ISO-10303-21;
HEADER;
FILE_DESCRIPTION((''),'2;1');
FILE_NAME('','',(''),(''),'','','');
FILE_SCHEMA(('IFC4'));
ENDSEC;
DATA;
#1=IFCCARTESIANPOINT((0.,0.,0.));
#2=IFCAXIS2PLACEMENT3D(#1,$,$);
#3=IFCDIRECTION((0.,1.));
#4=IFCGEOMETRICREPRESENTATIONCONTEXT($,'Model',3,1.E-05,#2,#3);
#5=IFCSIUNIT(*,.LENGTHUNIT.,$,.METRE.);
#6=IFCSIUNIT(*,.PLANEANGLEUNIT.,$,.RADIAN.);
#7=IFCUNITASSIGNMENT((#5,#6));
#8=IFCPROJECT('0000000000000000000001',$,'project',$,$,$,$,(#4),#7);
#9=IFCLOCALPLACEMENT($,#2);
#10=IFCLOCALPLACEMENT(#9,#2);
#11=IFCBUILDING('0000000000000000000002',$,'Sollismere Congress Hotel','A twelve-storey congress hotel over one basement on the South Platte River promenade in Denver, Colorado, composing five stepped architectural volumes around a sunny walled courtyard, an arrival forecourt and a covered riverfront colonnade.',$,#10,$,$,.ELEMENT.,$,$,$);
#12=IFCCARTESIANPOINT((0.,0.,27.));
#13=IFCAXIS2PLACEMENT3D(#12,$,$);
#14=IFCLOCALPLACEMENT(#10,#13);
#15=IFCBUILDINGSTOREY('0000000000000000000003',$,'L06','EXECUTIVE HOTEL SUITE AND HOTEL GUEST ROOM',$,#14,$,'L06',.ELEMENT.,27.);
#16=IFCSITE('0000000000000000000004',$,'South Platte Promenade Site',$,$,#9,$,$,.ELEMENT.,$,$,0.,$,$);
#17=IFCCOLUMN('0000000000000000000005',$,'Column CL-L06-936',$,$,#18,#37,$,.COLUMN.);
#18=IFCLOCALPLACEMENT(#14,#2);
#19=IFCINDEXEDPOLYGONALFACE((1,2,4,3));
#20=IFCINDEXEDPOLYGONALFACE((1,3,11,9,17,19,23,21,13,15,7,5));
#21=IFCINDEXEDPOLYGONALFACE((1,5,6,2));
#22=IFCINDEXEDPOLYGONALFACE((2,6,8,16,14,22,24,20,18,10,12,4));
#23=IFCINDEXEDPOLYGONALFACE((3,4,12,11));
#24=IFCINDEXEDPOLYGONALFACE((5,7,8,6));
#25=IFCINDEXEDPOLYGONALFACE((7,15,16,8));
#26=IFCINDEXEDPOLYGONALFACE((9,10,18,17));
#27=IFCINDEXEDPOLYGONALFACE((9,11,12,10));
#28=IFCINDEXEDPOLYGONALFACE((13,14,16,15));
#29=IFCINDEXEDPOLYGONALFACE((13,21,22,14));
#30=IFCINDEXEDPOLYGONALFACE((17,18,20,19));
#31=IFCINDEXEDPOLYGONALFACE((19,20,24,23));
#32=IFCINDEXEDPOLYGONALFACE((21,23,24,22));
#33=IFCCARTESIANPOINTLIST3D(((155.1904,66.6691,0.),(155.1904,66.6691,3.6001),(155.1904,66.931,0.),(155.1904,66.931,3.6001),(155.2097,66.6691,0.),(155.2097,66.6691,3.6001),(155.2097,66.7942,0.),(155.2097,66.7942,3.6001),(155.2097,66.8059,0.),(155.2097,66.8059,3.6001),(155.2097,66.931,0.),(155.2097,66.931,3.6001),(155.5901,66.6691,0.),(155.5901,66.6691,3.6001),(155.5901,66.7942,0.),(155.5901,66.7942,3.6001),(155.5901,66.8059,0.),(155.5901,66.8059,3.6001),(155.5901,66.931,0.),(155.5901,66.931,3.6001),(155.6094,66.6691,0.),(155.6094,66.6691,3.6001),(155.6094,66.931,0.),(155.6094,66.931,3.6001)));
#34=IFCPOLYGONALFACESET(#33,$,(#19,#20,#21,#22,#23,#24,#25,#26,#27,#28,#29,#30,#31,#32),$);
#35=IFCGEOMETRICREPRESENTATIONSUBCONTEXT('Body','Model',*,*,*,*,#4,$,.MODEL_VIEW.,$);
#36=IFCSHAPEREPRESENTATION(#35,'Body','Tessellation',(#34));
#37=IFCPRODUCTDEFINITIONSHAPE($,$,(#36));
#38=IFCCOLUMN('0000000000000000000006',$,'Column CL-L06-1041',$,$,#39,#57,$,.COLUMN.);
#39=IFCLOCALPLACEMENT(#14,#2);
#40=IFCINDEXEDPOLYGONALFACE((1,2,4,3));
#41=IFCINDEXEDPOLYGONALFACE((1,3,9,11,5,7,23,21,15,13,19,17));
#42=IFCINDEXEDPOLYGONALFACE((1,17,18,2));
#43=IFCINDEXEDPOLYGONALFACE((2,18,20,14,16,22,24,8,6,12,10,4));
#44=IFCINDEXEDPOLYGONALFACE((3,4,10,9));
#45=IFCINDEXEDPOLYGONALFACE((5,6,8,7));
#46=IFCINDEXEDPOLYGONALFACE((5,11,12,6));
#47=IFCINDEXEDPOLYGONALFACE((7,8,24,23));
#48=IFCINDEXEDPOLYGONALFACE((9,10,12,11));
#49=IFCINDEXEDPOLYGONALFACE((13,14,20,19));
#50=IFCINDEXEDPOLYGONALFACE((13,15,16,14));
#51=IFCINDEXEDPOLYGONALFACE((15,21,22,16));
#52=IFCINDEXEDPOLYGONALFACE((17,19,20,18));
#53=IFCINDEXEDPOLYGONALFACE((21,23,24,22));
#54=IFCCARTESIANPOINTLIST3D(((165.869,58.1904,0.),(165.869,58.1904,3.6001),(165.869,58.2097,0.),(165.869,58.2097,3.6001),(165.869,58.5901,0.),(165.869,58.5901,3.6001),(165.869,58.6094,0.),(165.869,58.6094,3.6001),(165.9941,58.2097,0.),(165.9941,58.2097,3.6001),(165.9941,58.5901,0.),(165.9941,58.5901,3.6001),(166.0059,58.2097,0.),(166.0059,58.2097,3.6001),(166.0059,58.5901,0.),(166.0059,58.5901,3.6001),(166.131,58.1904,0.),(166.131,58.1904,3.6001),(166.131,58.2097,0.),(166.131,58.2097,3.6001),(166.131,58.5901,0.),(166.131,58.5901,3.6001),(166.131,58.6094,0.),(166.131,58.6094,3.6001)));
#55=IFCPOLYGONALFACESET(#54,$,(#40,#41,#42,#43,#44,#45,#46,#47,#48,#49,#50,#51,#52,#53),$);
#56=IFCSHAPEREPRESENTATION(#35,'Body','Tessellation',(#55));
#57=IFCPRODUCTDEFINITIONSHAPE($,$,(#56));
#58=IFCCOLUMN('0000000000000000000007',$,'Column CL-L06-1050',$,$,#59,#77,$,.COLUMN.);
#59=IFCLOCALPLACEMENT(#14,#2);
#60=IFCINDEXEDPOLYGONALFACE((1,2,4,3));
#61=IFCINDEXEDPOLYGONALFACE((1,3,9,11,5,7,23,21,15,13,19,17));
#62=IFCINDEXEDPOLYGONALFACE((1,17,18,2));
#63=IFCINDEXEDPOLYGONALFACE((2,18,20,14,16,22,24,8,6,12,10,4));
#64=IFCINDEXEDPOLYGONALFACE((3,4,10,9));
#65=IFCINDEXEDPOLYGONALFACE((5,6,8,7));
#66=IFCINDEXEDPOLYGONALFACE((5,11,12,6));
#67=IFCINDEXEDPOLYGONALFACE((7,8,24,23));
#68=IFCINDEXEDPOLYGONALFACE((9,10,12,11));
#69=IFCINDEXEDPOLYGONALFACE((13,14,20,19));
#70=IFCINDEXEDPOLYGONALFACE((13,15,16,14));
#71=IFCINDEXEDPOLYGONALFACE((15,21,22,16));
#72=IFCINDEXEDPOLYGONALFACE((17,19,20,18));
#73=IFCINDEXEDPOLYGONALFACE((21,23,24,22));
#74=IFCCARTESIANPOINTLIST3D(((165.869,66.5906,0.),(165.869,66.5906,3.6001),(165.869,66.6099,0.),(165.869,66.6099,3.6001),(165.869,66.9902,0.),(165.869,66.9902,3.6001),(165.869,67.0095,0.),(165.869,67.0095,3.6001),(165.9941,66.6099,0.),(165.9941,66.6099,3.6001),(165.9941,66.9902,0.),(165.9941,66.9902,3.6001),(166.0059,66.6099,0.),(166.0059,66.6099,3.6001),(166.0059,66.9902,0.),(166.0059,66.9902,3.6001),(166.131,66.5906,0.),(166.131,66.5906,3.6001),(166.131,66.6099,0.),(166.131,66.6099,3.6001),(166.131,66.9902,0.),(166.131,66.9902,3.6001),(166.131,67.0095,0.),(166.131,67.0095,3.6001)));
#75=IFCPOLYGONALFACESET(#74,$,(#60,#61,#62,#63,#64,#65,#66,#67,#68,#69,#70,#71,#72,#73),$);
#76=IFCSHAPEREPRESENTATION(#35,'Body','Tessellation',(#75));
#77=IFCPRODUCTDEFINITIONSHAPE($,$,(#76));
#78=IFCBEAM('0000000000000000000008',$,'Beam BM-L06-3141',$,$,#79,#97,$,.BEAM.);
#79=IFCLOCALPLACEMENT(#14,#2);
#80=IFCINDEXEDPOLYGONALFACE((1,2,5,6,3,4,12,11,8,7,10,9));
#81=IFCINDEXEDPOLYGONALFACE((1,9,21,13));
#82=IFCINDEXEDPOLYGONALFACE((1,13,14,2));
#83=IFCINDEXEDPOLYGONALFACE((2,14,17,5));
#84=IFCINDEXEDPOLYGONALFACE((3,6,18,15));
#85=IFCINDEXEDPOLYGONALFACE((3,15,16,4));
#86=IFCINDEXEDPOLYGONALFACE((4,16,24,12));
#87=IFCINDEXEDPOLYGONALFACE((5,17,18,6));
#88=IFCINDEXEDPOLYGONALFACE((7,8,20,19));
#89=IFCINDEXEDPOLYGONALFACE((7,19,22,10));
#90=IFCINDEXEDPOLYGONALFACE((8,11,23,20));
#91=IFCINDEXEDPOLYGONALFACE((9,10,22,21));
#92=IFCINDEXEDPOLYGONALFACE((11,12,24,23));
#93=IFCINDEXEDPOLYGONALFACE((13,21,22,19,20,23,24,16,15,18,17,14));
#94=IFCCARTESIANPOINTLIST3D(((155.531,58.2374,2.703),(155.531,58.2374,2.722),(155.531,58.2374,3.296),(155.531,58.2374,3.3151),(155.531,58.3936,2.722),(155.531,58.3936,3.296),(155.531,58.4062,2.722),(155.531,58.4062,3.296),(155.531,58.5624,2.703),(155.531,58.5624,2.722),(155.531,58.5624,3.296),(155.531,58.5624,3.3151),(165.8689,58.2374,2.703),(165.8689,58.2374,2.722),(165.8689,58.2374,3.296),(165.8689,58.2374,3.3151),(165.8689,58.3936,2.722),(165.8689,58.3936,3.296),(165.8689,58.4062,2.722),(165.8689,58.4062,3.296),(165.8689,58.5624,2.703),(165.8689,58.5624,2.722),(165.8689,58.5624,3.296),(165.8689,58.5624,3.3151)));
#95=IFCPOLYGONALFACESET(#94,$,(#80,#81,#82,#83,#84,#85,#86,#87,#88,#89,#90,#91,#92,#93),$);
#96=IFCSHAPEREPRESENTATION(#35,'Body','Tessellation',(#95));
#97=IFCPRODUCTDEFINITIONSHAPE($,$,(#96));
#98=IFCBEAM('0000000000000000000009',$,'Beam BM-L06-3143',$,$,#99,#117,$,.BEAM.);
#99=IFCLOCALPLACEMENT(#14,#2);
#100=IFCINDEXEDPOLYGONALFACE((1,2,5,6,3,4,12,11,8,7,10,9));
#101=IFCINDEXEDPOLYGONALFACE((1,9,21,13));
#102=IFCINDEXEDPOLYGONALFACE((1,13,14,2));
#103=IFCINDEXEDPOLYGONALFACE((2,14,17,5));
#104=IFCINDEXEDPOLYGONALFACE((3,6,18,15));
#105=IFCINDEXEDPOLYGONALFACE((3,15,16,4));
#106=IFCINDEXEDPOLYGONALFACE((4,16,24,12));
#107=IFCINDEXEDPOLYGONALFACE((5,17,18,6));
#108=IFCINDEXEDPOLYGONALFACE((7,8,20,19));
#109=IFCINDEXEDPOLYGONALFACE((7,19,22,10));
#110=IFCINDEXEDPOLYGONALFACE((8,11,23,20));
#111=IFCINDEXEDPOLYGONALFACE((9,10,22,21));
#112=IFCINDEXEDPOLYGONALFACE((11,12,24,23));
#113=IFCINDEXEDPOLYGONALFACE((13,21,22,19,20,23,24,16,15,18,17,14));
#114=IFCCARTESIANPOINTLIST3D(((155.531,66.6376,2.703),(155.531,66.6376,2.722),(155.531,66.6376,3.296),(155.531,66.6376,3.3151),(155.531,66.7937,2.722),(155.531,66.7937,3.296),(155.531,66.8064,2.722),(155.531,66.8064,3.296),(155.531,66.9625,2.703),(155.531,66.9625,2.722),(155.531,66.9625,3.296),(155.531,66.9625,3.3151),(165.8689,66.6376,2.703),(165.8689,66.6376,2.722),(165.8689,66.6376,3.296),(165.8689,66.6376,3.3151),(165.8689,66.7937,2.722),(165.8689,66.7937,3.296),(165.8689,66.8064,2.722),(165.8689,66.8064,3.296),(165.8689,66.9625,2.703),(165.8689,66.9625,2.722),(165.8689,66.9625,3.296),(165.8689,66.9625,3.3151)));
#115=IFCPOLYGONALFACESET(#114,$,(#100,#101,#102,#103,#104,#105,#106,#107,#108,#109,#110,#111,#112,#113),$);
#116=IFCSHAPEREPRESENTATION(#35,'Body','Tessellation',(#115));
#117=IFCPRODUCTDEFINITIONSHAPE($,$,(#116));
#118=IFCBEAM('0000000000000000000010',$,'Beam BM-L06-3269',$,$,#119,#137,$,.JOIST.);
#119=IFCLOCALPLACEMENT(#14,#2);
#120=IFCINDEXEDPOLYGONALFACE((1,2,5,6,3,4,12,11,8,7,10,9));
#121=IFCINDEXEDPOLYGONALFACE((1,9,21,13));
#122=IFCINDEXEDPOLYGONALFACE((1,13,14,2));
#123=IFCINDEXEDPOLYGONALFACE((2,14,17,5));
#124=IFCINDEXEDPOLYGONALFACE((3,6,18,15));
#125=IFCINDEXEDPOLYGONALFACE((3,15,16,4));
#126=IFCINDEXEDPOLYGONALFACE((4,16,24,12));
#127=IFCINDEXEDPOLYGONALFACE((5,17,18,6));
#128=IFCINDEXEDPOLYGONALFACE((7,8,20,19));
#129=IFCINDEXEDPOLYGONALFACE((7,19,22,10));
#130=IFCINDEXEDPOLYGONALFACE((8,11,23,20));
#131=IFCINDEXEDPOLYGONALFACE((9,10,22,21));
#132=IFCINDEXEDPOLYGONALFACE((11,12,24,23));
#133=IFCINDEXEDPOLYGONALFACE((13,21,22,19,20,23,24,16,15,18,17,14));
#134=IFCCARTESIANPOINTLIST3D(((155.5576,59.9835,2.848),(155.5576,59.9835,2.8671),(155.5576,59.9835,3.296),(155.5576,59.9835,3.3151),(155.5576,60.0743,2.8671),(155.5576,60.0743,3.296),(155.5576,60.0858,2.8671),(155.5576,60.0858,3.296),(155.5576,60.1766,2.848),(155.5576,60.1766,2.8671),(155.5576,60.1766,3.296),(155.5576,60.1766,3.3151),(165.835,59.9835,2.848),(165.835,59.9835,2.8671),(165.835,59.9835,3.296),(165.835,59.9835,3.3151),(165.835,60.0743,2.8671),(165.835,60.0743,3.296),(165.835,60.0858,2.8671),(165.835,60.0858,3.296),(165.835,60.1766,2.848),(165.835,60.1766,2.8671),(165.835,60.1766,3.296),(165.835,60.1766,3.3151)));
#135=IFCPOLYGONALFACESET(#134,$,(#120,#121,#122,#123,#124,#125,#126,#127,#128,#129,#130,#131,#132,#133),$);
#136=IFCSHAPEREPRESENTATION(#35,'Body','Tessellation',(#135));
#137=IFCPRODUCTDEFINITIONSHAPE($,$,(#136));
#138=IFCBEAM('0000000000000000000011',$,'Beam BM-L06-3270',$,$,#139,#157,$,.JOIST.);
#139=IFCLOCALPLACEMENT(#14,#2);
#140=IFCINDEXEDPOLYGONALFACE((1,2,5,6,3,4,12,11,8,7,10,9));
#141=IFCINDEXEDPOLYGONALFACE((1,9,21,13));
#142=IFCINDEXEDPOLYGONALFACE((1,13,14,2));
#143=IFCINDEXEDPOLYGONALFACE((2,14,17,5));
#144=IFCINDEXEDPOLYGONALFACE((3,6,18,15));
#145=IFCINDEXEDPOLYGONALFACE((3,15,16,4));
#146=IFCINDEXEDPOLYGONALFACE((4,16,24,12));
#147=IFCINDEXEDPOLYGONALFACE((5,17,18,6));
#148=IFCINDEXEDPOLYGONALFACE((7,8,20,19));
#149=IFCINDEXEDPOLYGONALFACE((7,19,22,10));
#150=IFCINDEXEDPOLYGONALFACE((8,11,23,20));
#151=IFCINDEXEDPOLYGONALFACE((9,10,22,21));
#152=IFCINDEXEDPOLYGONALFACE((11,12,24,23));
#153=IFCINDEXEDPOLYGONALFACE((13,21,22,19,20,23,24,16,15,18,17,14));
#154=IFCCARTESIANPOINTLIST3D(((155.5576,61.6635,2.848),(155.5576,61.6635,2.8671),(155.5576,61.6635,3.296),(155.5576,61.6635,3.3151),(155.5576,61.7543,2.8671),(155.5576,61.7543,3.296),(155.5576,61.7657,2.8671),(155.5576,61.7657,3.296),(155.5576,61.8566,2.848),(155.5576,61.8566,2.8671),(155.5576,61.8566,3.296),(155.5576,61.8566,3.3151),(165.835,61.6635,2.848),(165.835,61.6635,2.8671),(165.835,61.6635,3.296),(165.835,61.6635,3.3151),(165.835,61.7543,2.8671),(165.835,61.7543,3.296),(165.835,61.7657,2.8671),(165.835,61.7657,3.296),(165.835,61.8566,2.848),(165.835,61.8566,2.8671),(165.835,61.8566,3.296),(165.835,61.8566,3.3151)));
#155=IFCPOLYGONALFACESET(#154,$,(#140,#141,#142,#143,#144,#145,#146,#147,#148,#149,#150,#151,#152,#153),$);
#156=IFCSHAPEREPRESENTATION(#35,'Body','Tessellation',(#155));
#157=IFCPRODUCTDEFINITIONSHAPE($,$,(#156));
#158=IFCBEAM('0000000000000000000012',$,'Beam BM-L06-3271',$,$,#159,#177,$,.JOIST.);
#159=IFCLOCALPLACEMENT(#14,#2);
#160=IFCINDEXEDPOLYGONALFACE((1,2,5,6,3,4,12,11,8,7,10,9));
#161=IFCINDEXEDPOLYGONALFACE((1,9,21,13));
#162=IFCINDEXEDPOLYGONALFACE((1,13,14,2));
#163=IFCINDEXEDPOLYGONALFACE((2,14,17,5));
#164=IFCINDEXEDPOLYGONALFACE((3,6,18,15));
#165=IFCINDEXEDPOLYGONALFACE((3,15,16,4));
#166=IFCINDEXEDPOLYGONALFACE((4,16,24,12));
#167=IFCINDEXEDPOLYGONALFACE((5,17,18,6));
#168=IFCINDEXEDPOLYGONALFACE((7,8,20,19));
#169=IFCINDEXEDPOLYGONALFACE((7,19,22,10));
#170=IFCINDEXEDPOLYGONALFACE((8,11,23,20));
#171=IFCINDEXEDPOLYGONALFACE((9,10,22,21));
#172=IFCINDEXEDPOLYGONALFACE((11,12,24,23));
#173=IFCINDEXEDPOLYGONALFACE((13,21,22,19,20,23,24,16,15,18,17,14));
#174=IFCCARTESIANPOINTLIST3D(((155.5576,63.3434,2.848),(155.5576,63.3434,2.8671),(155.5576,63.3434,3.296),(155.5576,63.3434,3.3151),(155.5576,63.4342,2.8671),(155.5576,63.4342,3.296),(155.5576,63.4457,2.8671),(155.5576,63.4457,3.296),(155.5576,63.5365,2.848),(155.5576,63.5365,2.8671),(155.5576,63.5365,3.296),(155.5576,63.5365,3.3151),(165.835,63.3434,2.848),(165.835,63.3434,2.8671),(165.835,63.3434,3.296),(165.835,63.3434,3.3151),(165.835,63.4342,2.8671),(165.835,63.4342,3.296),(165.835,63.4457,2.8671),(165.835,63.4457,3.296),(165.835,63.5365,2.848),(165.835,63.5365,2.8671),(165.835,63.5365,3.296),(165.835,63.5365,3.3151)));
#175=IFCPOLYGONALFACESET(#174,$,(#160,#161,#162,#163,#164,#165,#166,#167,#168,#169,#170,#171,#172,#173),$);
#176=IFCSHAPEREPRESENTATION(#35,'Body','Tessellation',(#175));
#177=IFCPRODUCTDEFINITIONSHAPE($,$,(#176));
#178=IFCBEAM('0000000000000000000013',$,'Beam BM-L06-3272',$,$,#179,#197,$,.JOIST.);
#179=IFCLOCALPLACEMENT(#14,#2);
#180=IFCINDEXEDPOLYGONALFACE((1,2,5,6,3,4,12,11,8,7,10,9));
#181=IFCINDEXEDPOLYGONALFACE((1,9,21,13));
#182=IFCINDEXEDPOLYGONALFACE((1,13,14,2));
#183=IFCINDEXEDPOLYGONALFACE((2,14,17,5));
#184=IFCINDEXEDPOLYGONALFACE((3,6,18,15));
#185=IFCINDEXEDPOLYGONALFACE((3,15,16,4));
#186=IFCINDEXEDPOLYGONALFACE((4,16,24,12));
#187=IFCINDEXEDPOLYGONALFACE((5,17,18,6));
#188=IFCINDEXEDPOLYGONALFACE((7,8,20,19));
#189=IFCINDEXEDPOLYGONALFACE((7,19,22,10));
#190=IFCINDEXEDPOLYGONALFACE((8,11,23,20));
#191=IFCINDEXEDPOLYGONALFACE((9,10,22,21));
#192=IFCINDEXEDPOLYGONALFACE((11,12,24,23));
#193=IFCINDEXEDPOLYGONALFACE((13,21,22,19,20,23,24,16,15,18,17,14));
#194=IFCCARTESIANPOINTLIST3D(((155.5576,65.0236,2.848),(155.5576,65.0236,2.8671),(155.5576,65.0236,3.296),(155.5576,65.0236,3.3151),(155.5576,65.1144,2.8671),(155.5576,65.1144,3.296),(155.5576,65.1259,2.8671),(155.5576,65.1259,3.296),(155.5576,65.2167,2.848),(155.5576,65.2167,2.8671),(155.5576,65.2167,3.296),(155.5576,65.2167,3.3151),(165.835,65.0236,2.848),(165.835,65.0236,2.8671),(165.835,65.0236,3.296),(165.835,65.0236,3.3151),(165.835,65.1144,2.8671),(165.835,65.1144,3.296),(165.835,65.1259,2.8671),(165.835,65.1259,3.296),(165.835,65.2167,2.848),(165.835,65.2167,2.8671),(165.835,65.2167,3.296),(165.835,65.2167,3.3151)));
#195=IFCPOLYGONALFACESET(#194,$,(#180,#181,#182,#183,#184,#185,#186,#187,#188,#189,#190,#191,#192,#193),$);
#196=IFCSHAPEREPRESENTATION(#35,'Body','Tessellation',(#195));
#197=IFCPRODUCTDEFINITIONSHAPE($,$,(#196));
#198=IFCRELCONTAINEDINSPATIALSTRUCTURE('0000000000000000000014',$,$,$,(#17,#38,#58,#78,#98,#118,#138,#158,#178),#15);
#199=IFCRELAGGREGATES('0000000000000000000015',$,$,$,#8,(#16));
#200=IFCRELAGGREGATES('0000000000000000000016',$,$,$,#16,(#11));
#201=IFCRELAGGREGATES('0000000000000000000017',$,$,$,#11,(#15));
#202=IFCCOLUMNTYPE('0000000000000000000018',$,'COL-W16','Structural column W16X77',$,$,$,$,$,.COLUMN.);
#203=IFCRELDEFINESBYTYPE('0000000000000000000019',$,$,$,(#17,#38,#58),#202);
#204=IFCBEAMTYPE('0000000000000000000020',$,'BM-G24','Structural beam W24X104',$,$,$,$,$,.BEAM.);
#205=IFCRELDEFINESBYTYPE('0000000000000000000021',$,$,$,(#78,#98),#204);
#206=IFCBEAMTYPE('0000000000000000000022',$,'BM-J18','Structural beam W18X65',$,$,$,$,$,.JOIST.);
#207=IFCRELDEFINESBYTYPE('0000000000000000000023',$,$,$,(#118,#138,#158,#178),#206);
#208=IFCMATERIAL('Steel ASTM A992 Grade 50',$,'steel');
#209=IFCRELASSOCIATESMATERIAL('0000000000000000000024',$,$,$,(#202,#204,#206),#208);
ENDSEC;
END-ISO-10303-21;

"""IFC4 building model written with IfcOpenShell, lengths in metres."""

from ifc_helpers import new_model, si_unit, direction, frame, origin, origin_2d, place, context, subcontext, project, spatial, i_section, extrude, material, material_profile, profile_set, type_object, element, save


model = new_model("IFC4")

# Units and contexts
model_context = context("Model", 3, precision=1e-05, world=origin(), true_north=direction((0.0, 1.0)))
body_context = subcontext(model_context, "Body", "Model", "MODEL_VIEW")
ifc_project = project(units=[si_unit("LENGTHUNIT", "METRE"), si_unit("PLANEANGLEUNIT", "RADIAN")], contexts=[model_context])

# Site, building, storey
site_placement = place(None, origin())
site = spatial("IfcSite", under=ifc_project, at=site_placement, Name="South Platte Promenade Site", CompositionType="ELEMENT", RefElevation=0.0)
building_placement = place(site_placement, origin())
building = spatial("IfcBuilding", under=site, at=building_placement, Name="Sollismere Congress Hotel", Description="A twelve-storey congress hotel over one basement on the South Platte River promenade in Denver, Colorado, composing five stepped architectural volumes around a sunny walled courtyard, an arrival forecourt and a covered riverfront colonnade.", CompositionType="ELEMENT")
storey_placement = place(building_placement, frame((0.0, 0.0, 27.0)))
storey = spatial("IfcBuildingStorey", under=building, at=storey_placement, Name="L06", Description="EXECUTIVE HOTEL SUITE AND HOTEL GUEST ROOM", LongName="L06", CompositionType="ELEMENT", Elevation=27.0)

# Columns
ifc_material_1 = material(Name="Steel ASTM A992 Grade 50", Category="steel")
ifc_material_profile_1 = material_profile(ifc_material_1, i_section(OverallWidth=0.262, OverallDepth=0.4189, WebThickness=0.0117, FlangeThickness=0.0193, at=origin_2d()), Name="W16X77")
ifc_profile_set_1 = profile_set([ifc_material_profile_1], Name="Steel ASTM A992 Grade 50")
column_type = type_object("IfcColumnType", Name="COL-W16", Description="Structural column W16X77", PredefinedType="COLUMN", material=ifc_profile_set_1)
for number, where, z_axis, x_axis, name in (
    (1, (155.3999, 66.8, 0.0), (0.0, 0.0, 1.0), (0.0, 1.0, 0.0), "Column CL-L06-936"),
    (2, (166.0, 58.3999, 0.0), (0.0, 0.0, 1.0), (1.0, 0.0, 0.0), "Column CL-L06-1041"),
    (3, (166.0, 66.8, 0.0), (0.0, 0.0, 1.0), (1.0, 0.0, 0.0), "Column CL-L06-1050"),
):
    element("IfcColumn", number, at=place(storey_placement, frame(where, z_axis=z_axis, x_axis=x_axis)), inside=storey, type_object=column_type, Name=name, PredefinedType="COLUMN", context=body_context, shape_type="SweptSolid", body=[
        extrude(i_section(OverallWidth=0.262, OverallDepth=0.4189, WebThickness=0.0117, FlangeThickness=0.0193, at=origin_2d()), origin(), (0.0, 0.0, 1.0), 3.6001),
    ])

# Beams
ifc_material_profile_2 = material_profile(ifc_material_1, i_section(OverallWidth=0.325, OverallDepth=0.6121, WebThickness=0.0127, FlangeThickness=0.019, at=origin_2d()), Name="W24X104")
ifc_profile_set_2 = profile_set([ifc_material_profile_2], Name="Steel ASTM A992 Grade 50")
beam_type_1 = type_object("IfcBeamType", Name="BM-G24", Description="Structural beam W24X104", PredefinedType="BEAM", material=ifc_profile_set_2)
for number, where, z_axis, x_axis, name in (
    (4, (155.531, 58.3999, 3.009), (1.0, 0.0, 0.0), (0.0, 1.0, 0.0), "Beam BM-L06-3141"),
    (5, (155.531, 66.8, 3.009), (1.0, 0.0, 0.0), (0.0, 1.0, 0.0), "Beam BM-L06-3143"),
):
    element("IfcBeam", number, at=place(storey_placement, frame(where, z_axis=z_axis, x_axis=x_axis)), inside=storey, type_object=beam_type_1, Name=name, PredefinedType="BEAM", context=body_context, shape_type="SweptSolid", body=[
        extrude(i_section(OverallWidth=0.325, OverallDepth=0.6121, WebThickness=0.0127, FlangeThickness=0.019, at=origin_2d()), origin(), (0.0, 0.0, 1.0), 10.3379),
    ])
ifc_material_profile_3 = material_profile(ifc_material_1, i_section(OverallWidth=0.1931, OverallDepth=0.467, WebThickness=0.0115, FlangeThickness=0.019, at=origin_2d()), Name="W18X65")
ifc_profile_set_3 = profile_set([ifc_material_profile_3], Name="Steel ASTM A992 Grade 50")
beam_type_2 = type_object("IfcBeamType", Name="BM-J18", Description="Structural beam W18X65", PredefinedType="JOIST", material=ifc_profile_set_3)
for number, where, z_axis, x_axis, name in (
    (6, (155.5576, 60.0801, 3.0815), (1.0, 0.0, 0.0), (0.0, 1.0, 0.0), "Beam BM-L06-3269"),
    (7, (155.5576, 61.76, 3.0815), (1.0, 0.0, 0.0), (0.0, 1.0, 0.0), "Beam BM-L06-3270"),
    (8, (155.5576, 63.4399, 3.0815), (1.0, 0.0, 0.0), (0.0, 1.0, 0.0), "Beam BM-L06-3271"),
    (9, (155.5576, 65.1201, 3.0815), (1.0, 0.0, 0.0), (0.0, 1.0, 0.0), "Beam BM-L06-3272"),
):
    element("IfcBeam", number, at=place(storey_placement, frame(where, z_axis=z_axis, x_axis=x_axis)), inside=storey, type_object=beam_type_2, Name=name, PredefinedType="JOIST", context=body_context, shape_type="SweptSolid", body=[
        extrude(i_section(OverallWidth=0.1931, OverallDepth=0.467, WebThickness=0.0115, FlangeThickness=0.019, at=origin_2d()), origin(), (0.0, 0.0, 1.0), 10.2773),
    ])

save(model, "model.ifc")
